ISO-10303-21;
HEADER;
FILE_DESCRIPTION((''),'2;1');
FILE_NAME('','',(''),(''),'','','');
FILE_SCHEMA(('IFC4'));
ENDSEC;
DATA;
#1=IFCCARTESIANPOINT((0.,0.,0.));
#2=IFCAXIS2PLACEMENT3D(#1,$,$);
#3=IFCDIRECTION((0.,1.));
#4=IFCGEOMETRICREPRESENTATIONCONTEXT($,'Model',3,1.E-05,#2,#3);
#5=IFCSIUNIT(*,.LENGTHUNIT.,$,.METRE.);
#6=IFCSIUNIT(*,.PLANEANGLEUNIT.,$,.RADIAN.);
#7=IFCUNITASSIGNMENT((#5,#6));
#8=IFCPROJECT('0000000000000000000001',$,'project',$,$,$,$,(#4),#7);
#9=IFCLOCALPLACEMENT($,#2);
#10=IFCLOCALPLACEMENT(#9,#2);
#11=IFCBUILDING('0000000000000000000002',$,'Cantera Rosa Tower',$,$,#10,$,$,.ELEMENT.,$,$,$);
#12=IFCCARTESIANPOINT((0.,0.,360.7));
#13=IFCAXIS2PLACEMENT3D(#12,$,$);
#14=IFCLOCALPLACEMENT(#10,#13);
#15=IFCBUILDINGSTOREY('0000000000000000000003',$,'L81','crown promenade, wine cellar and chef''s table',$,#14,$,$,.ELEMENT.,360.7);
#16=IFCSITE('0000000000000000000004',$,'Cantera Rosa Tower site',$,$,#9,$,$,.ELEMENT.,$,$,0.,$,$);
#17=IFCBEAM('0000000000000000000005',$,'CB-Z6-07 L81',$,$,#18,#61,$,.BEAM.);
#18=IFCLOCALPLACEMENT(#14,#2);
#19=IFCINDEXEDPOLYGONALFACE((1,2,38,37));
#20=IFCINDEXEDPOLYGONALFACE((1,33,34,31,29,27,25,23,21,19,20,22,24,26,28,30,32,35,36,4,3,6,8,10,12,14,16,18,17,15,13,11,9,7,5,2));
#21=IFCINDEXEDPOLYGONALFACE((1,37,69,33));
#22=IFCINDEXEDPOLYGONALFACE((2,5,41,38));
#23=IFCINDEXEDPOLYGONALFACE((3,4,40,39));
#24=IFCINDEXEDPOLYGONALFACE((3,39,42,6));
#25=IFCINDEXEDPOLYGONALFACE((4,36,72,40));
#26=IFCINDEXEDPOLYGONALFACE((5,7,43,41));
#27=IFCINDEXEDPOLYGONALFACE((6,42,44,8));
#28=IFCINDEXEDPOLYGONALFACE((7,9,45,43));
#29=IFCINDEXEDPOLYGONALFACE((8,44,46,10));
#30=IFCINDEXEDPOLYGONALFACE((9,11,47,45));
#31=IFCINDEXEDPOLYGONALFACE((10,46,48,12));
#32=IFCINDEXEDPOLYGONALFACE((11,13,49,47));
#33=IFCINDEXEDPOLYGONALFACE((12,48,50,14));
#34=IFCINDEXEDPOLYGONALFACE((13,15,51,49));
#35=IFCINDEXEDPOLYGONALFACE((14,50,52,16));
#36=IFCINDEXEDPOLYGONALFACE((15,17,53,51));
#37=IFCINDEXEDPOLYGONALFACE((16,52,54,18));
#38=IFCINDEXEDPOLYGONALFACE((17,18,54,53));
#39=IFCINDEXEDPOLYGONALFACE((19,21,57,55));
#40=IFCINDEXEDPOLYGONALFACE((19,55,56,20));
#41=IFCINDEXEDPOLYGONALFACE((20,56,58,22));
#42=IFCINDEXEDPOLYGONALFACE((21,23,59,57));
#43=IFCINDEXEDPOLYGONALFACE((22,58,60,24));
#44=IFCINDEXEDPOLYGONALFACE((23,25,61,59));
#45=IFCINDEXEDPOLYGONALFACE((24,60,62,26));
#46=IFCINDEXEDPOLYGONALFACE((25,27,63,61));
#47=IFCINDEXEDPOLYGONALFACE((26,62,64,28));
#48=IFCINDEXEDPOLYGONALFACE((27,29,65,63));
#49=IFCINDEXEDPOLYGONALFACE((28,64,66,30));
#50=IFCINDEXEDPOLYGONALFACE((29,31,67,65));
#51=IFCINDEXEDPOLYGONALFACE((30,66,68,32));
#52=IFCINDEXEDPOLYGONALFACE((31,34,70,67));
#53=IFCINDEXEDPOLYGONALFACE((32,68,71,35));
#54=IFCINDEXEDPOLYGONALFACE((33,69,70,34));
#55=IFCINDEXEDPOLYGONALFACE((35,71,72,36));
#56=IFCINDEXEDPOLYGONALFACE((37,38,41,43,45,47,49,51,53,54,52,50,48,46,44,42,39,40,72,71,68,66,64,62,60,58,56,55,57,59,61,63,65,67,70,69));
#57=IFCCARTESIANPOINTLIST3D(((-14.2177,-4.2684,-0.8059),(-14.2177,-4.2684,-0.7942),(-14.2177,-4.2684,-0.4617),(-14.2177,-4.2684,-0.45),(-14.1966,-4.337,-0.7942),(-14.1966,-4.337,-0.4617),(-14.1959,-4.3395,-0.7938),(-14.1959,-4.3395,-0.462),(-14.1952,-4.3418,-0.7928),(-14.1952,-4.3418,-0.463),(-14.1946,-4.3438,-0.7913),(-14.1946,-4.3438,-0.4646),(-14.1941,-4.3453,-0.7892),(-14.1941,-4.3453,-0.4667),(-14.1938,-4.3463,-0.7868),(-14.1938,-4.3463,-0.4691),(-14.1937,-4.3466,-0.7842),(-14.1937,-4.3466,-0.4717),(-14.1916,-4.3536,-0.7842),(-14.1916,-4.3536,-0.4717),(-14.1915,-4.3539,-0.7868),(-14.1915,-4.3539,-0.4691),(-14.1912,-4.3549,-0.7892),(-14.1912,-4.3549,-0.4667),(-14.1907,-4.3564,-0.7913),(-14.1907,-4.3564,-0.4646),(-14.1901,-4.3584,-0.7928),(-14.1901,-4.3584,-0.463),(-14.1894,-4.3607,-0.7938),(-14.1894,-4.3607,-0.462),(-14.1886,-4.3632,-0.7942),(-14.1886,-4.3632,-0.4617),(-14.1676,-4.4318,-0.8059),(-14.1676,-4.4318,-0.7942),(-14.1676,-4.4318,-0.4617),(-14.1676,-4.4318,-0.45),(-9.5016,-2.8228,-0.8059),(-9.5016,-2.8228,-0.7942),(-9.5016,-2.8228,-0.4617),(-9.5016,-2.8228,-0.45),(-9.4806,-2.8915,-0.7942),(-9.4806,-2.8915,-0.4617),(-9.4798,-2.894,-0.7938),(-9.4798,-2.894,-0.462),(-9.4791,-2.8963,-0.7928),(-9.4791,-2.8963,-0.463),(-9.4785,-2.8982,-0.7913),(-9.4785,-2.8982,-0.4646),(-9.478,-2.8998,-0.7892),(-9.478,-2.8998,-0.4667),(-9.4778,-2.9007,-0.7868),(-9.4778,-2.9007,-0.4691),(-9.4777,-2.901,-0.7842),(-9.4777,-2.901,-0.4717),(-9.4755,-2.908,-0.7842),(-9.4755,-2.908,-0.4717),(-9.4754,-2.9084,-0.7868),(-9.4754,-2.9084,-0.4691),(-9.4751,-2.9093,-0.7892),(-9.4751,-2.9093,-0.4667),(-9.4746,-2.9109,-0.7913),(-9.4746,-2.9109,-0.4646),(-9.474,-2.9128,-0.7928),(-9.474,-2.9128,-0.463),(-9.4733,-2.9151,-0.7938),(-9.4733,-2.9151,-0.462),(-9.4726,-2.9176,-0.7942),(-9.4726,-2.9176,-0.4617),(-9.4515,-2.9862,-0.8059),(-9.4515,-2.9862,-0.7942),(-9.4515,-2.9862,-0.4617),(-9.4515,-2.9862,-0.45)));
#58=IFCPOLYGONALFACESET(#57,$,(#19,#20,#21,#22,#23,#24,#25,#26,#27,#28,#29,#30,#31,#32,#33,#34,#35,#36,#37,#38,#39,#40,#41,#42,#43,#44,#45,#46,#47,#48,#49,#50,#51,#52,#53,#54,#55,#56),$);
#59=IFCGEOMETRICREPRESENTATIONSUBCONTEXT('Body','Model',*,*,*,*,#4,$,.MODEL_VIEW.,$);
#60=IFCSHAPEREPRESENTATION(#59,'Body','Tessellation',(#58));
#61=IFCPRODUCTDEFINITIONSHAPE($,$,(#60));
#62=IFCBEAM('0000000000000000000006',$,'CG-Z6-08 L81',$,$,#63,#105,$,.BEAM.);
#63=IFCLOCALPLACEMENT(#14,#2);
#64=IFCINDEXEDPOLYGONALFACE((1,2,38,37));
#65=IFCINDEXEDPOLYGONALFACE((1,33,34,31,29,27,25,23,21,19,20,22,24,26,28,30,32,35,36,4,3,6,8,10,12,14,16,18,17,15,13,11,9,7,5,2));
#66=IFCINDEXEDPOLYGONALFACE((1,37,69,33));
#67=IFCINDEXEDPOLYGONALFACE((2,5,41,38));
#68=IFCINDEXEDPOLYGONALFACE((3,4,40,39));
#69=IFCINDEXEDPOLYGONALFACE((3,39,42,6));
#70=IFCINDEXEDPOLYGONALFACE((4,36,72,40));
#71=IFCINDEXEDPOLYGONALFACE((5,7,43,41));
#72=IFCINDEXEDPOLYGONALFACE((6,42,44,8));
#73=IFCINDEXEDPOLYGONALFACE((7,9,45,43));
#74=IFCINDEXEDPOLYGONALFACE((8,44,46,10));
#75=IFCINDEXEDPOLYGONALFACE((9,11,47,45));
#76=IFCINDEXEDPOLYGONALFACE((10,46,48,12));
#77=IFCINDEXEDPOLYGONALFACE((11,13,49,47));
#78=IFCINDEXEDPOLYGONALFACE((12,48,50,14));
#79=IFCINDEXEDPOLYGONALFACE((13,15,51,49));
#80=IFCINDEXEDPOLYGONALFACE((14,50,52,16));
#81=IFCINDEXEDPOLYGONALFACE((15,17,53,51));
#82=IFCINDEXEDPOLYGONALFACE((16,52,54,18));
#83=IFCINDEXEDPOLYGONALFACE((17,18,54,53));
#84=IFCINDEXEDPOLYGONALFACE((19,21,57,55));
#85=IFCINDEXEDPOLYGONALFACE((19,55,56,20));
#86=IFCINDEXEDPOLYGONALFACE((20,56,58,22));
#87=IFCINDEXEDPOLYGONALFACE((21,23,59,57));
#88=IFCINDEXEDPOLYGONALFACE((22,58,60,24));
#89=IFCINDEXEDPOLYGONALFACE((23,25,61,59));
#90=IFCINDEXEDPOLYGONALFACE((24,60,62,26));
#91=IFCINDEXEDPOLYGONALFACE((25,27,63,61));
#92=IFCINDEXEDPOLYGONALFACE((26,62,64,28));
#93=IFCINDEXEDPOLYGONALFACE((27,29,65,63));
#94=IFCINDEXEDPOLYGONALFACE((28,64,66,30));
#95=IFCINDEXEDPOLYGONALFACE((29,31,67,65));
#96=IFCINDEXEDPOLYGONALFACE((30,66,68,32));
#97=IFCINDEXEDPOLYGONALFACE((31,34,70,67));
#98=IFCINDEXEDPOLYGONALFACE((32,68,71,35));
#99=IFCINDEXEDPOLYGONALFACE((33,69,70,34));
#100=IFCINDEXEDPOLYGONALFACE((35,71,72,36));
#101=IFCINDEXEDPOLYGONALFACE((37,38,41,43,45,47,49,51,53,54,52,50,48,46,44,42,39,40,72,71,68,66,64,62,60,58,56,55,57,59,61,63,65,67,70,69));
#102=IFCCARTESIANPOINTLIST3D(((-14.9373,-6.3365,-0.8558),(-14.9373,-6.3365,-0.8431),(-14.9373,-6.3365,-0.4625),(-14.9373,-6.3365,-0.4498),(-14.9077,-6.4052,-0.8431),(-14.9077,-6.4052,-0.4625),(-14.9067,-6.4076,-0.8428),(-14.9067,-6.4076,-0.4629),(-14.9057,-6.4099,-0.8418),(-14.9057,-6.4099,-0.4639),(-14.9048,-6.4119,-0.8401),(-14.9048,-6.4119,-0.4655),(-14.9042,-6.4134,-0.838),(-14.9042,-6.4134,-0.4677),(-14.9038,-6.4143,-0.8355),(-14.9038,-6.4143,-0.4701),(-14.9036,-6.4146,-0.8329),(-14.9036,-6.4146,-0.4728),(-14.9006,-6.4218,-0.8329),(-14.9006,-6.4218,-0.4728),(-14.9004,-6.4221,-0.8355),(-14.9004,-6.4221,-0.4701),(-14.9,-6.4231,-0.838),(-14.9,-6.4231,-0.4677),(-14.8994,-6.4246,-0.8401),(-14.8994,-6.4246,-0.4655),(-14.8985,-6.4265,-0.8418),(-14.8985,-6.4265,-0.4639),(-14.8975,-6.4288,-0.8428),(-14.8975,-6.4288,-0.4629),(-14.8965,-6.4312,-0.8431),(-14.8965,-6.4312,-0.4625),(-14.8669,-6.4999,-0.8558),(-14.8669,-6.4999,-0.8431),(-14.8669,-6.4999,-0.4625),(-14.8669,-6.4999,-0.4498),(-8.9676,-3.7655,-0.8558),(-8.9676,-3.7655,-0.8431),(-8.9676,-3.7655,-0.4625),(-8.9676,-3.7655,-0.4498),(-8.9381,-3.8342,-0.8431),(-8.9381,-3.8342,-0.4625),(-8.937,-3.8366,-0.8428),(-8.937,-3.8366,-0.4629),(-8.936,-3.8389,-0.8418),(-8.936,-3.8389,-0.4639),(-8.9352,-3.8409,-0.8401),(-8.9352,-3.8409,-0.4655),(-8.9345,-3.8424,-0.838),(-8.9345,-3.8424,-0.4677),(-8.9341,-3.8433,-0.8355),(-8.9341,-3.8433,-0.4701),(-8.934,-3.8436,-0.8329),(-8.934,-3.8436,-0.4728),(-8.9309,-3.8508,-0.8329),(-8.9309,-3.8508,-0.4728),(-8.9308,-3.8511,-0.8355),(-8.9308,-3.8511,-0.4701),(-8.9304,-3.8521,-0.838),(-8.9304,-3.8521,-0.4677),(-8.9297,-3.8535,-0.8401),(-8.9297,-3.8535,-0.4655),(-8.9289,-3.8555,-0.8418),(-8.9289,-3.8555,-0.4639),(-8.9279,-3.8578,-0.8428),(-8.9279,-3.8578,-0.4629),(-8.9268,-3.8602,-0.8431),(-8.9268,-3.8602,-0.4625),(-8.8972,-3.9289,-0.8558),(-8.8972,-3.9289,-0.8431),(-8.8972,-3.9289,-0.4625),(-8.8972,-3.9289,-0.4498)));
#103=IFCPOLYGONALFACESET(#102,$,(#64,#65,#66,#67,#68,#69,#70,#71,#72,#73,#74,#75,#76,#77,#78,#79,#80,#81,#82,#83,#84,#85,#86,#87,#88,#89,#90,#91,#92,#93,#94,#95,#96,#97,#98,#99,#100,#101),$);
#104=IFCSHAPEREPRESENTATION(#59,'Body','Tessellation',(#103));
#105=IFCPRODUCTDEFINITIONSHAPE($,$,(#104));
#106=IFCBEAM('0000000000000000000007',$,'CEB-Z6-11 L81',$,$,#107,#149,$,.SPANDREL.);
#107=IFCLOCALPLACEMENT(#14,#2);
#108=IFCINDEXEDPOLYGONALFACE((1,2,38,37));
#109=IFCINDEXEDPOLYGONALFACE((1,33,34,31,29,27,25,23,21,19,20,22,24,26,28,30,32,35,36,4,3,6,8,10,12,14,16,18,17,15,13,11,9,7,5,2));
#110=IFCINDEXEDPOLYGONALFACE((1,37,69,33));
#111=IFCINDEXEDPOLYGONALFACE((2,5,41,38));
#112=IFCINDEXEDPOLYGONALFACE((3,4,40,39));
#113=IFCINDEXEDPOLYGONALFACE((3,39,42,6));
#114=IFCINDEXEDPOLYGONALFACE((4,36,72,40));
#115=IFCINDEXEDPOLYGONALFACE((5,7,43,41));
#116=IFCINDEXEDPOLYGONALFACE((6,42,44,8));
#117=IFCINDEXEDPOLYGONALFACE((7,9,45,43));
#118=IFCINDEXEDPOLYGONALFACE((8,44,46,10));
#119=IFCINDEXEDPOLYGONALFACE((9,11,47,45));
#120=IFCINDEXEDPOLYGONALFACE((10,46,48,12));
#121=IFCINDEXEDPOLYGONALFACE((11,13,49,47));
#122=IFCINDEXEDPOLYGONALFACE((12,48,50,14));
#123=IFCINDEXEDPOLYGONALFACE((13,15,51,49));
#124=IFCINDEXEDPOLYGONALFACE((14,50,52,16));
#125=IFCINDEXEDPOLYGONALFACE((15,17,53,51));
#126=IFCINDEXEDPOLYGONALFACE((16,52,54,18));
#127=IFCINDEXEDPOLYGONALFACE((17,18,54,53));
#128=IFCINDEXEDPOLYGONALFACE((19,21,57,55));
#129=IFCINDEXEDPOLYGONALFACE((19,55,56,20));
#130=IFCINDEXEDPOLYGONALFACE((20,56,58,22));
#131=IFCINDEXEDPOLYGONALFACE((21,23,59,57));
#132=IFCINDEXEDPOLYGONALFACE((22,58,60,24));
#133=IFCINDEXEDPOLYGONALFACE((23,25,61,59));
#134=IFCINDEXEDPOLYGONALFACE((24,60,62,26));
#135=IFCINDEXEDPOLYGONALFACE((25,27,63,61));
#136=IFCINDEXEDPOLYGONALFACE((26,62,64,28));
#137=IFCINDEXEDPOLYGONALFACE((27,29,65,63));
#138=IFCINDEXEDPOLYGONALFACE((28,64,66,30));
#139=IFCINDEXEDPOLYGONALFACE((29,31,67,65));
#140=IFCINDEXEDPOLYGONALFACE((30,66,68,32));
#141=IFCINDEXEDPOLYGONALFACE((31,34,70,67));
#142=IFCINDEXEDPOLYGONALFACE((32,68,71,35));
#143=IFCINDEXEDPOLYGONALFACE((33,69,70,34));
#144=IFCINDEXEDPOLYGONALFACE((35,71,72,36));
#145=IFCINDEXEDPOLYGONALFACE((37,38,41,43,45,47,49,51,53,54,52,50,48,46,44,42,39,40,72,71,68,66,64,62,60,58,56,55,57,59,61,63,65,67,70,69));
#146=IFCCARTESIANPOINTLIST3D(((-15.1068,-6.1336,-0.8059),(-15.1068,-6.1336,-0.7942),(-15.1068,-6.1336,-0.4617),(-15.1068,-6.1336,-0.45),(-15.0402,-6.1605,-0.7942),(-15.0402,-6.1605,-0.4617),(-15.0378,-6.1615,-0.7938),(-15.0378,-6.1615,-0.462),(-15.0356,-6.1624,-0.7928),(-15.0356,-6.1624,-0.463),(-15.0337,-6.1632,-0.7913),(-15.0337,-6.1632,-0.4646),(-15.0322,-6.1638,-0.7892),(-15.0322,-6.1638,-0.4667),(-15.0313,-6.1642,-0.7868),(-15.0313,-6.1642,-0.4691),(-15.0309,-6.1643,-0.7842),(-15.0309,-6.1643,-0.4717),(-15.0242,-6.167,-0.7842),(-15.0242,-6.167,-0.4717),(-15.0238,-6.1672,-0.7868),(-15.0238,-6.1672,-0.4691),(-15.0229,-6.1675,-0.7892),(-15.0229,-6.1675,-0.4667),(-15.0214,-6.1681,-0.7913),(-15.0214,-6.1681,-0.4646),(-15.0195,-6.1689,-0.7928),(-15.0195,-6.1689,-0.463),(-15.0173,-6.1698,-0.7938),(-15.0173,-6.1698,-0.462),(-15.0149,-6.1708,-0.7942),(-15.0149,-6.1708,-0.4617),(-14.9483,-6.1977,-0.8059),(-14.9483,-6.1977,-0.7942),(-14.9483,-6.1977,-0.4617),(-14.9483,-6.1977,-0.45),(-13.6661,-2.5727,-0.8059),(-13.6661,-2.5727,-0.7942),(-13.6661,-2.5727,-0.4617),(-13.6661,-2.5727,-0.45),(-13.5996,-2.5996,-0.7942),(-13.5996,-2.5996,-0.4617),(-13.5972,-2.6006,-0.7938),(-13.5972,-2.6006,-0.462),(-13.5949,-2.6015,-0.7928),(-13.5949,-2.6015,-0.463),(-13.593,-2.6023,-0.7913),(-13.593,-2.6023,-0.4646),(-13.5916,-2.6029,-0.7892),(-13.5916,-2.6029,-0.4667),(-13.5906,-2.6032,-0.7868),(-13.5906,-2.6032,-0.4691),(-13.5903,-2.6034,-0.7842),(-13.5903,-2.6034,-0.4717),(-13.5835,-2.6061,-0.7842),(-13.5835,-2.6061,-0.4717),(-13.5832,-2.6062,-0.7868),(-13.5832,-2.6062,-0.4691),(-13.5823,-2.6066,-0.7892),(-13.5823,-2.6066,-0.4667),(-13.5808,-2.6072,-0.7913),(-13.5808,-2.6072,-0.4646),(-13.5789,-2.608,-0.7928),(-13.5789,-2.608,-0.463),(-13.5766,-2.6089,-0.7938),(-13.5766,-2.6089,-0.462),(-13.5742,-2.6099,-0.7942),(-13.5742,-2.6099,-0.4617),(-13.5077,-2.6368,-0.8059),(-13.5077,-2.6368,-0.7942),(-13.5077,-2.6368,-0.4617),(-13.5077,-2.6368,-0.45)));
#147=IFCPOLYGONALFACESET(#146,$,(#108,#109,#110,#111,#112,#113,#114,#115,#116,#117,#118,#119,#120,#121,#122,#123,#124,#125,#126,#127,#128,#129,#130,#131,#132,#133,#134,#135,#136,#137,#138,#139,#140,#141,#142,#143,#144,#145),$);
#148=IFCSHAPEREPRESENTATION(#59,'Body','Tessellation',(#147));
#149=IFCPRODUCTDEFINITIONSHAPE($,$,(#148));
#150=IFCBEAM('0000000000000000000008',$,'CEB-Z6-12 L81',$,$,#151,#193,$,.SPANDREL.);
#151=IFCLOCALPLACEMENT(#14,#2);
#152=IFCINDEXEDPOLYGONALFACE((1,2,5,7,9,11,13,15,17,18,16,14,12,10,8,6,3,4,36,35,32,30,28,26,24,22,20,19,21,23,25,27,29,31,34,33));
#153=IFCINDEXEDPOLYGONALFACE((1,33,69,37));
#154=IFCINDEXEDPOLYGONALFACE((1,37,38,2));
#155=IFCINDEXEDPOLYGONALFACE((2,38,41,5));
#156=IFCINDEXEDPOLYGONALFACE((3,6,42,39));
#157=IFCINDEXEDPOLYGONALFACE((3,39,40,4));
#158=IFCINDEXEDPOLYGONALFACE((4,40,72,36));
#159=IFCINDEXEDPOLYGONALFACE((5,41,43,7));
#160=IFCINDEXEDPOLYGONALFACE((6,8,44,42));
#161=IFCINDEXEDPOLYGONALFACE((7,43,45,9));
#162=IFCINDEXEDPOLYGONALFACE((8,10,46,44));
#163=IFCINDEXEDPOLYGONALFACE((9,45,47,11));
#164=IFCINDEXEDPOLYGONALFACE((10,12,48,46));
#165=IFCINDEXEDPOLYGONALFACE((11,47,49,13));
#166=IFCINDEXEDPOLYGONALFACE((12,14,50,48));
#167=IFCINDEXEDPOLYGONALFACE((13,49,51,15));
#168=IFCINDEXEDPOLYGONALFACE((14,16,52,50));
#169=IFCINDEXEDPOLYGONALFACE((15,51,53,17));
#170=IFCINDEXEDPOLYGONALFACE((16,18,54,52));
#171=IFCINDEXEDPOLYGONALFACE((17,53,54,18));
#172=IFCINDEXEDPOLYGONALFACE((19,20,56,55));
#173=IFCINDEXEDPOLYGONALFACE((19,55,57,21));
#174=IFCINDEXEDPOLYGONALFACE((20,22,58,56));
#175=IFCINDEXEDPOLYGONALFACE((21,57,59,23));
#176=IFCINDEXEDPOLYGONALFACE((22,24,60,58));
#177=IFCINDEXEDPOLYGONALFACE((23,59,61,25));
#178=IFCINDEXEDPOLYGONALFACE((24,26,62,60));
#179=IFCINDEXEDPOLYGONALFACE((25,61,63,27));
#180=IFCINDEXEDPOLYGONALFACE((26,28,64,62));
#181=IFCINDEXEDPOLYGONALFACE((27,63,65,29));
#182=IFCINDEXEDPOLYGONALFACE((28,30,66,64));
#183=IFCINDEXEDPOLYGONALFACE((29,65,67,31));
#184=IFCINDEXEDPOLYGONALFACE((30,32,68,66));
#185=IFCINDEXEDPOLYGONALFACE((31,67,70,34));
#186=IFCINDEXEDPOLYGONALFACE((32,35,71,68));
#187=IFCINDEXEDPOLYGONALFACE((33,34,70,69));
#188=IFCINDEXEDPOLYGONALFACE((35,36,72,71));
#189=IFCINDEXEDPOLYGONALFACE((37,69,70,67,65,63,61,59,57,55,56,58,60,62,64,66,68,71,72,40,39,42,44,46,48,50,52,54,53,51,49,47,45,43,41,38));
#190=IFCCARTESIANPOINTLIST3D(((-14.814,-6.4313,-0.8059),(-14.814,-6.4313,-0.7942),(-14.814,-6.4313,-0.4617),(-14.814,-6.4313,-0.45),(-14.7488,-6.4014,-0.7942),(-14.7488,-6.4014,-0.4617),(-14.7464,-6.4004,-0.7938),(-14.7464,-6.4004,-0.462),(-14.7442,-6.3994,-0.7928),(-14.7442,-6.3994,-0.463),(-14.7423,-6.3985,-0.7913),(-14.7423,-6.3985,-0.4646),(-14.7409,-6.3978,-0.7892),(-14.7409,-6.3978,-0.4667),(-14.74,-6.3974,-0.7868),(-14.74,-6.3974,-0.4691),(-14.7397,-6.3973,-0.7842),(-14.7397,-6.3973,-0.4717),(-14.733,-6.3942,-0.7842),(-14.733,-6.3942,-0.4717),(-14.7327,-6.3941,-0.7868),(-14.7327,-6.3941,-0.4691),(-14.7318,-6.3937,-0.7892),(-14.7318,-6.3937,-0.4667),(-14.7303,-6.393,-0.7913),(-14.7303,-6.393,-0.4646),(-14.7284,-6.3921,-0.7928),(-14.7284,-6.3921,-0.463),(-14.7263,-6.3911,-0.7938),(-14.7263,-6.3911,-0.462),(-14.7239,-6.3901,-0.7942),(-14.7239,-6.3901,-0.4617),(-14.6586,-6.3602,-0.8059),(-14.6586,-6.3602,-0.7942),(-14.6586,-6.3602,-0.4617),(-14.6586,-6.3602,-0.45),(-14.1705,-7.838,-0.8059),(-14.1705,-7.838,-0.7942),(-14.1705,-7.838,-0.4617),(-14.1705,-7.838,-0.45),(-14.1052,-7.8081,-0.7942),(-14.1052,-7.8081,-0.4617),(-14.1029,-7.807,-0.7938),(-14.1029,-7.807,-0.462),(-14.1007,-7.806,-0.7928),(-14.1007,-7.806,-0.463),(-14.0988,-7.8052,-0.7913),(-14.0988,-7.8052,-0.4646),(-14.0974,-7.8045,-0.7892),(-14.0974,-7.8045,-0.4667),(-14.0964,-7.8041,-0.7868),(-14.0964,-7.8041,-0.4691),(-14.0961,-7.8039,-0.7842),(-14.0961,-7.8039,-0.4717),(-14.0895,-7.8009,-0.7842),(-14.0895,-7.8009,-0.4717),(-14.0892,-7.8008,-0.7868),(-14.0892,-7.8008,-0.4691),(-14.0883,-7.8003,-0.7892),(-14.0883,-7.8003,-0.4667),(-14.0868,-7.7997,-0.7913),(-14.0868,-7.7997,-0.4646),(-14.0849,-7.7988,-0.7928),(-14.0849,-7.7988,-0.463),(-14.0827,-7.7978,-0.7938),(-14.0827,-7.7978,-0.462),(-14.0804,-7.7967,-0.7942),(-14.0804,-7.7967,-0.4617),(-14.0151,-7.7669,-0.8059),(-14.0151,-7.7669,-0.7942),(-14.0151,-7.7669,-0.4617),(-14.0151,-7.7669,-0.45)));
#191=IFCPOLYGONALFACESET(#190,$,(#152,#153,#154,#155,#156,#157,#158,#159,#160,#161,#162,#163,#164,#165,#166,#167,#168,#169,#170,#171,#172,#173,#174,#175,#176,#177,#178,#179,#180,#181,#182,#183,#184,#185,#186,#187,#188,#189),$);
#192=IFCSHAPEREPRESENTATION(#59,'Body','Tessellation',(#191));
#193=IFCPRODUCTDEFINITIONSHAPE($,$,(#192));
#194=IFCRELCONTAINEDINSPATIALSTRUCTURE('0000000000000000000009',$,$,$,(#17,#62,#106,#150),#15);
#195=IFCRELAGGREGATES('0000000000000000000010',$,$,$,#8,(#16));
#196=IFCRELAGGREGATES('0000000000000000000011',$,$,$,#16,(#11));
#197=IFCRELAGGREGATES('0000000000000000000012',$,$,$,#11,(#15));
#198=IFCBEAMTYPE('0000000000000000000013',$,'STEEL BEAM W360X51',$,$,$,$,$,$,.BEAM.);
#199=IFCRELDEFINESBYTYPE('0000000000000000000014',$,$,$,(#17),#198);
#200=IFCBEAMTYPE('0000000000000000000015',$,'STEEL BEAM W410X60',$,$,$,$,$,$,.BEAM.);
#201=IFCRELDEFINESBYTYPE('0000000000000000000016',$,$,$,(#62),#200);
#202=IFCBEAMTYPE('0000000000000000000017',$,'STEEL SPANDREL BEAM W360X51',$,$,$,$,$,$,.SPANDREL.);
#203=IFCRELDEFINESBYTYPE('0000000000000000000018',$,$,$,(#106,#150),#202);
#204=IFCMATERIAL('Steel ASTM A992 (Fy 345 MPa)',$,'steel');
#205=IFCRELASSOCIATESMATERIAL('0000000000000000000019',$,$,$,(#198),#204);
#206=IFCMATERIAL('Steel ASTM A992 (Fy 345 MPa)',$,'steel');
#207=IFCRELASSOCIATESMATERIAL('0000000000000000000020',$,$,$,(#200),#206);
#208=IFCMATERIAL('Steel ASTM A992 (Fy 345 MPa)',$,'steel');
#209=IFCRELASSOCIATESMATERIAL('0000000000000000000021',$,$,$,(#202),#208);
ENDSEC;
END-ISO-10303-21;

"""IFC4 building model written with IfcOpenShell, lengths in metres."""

from ifc_helpers import new_model, si_unit, direction, frame, origin, origin_2d, place, context, subcontext, project, spatial, i_section, extrude, material, material_profile, profile_set, type_object, element, save


model = new_model("IFC4")

# Units and contexts
model_context = context("Model", 3, precision=1e-05, world=origin(), true_north=direction((0.0, 1.0)))
body_context = subcontext(model_context, "Body", "Model", "MODEL_VIEW")
ifc_project = project(units=[si_unit("LENGTHUNIT", "METRE"), si_unit("PLANEANGLEUNIT", "RADIAN")], contexts=[model_context])

# Site, building, storey
site_placement = place(None, origin())
site = spatial("IfcSite", under=ifc_project, at=site_placement, Name="Cantera Rosa Tower site", CompositionType="ELEMENT", RefElevation=0.0)
building_placement = place(site_placement, origin())
building = spatial("IfcBuilding", under=site, at=building_placement, Name="Cantera Rosa Tower", CompositionType="ELEMENT")
storey_placement = place(building_placement, frame((0.0, 0.0, 360.7)))
storey = spatial("IfcBuildingStorey", under=building, at=storey_placement, Name="L81", Description="crown promenade, wine cellar and chef's table", CompositionType="ELEMENT", Elevation=360.7)

# Beams
ifc_material_1 = material(Name="Steel ASTM A992 (Fy 345 MPa)", Category="steel")
ifc_material_profile_1 = material_profile(ifc_material_1, i_section(OverallWidth=0.1709, OverallDepth=0.356, WebThickness=0.0073, FlangeThickness=0.0117, FilletRadius=0.01, at=origin_2d()), Name="W360X51")
ifc_profile_set_1 = profile_set([ifc_material_profile_1], Name="Steel ASTM A992 (Fy 345 MPa)")
beam_type_1 = type_object("IfcBeamType", Name="STEEL BEAM W360X51", PredefinedType="BEAM", material=ifc_profile_set_1)
beam_1_placement = place(storey_placement, frame((-14.1926, -4.3501, -0.6279), z_axis=(0.956094, 0.29306, 0.0), x_axis=(-0.29306, 0.956094, 0.0)))
element("IfcBeam", 1, at=beam_1_placement, inside=storey, type_object=beam_type_1, Name="CB-Z6-07 L81", PredefinedType="BEAM", context=body_context, shape_type="SweptSolid", body=[
    extrude(i_section(OverallWidth=0.1709, OverallDepth=0.356, WebThickness=0.0073, FlangeThickness=0.0117, FilletRadius=0.01, at=origin_2d()), origin(), (0.0, 0.0, 1.0), 4.9326),
])
ifc_material_2 = material(Name="Steel ASTM A992 (Fy 345 MPa)", Category="steel")
ifc_material_profile_2 = material_profile(ifc_material_2, i_section(OverallWidth=0.178, OverallDepth=0.406, WebThickness=0.0078, FlangeThickness=0.0127, FilletRadius=0.0103, at=origin_2d()), Name="W410X60")
ifc_profile_set_2 = profile_set([ifc_material_profile_2], Name="Steel ASTM A992 (Fy 345 MPa)")
beam_type_2 = type_object("IfcBeamType", Name="STEEL BEAM W410X60", PredefinedType="BEAM", material=ifc_profile_set_2)
beam_2_placement = place(storey_placement, frame((-14.9021, -6.4182, -0.6528), z_axis=(0.918442, 0.395555, 0.0), x_axis=(-0.395555, 0.918442, 0.0)))
element("IfcBeam", 2, at=beam_2_placement, inside=storey, type_object=beam_type_2, Name="CG-Z6-08 L81", PredefinedType="BEAM", context=body_context, shape_type="SweptSolid", body=[
    extrude(i_section(OverallWidth=0.178, OverallDepth=0.406, WebThickness=0.0078, FlangeThickness=0.0127, FilletRadius=0.0103, at=origin_2d()), origin(), (0.0, 0.0, 1.0), 6.4998),
])
ifc_material_3 = material(Name="Steel ASTM A992 (Fy 345 MPa)", Category="steel")
ifc_material_profile_3 = material_profile(ifc_material_3, i_section(OverallWidth=0.1709, OverallDepth=0.356, WebThickness=0.0073, FlangeThickness=0.0117, FilletRadius=0.01, at=origin_2d()), Name="W360X51")
ifc_profile_set_3 = profile_set([ifc_material_profile_3], Name="Steel ASTM A992 (Fy 345 MPa)")
beam_type_3 = type_object("IfcBeamType", Name="STEEL SPANDREL BEAM W360X51", PredefinedType="SPANDREL", material=ifc_profile_set_3)
beam_3_placement = place(storey_placement, frame((-13.5869, -2.6047, -0.6279), z_axis=(-0.375037, -0.92701, 0.0), x_axis=(0.92701, -0.375037, 0.0)))
element("IfcBeam", 3, at=beam_3_placement, inside=storey, type_object=beam_type_3, Name="CEB-Z6-11 L81", PredefinedType="SPANDREL", context=body_context, shape_type="SweptSolid", body=[
    extrude(i_section(OverallWidth=0.1709, OverallDepth=0.356, WebThickness=0.0073, FlangeThickness=0.0117, FilletRadius=0.01, at=origin_2d()), origin(), (0.0, 0.0, 1.0), 3.8413),
])
beam_4_placement = place(storey_placement, frame((-14.7363, -6.3958, -0.6279), z_axis=(0.416013, -0.909358, 0.0), x_axis=(0.909358, 0.416013, 0.0)))
element("IfcBeam", 4, at=beam_4_placement, inside=storey, type_object=beam_type_3, Name="CEB-Z6-12 L81", PredefinedType="SPANDREL", context=body_context, shape_type="SweptSolid", body=[
    extrude(i_section(OverallWidth=0.1709, OverallDepth=0.356, WebThickness=0.0073, FlangeThickness=0.0117, FilletRadius=0.01, at=origin_2d()), origin(), (0.0, 0.0, 1.0), 1.5469),
])

save(model, "model.ifc")
